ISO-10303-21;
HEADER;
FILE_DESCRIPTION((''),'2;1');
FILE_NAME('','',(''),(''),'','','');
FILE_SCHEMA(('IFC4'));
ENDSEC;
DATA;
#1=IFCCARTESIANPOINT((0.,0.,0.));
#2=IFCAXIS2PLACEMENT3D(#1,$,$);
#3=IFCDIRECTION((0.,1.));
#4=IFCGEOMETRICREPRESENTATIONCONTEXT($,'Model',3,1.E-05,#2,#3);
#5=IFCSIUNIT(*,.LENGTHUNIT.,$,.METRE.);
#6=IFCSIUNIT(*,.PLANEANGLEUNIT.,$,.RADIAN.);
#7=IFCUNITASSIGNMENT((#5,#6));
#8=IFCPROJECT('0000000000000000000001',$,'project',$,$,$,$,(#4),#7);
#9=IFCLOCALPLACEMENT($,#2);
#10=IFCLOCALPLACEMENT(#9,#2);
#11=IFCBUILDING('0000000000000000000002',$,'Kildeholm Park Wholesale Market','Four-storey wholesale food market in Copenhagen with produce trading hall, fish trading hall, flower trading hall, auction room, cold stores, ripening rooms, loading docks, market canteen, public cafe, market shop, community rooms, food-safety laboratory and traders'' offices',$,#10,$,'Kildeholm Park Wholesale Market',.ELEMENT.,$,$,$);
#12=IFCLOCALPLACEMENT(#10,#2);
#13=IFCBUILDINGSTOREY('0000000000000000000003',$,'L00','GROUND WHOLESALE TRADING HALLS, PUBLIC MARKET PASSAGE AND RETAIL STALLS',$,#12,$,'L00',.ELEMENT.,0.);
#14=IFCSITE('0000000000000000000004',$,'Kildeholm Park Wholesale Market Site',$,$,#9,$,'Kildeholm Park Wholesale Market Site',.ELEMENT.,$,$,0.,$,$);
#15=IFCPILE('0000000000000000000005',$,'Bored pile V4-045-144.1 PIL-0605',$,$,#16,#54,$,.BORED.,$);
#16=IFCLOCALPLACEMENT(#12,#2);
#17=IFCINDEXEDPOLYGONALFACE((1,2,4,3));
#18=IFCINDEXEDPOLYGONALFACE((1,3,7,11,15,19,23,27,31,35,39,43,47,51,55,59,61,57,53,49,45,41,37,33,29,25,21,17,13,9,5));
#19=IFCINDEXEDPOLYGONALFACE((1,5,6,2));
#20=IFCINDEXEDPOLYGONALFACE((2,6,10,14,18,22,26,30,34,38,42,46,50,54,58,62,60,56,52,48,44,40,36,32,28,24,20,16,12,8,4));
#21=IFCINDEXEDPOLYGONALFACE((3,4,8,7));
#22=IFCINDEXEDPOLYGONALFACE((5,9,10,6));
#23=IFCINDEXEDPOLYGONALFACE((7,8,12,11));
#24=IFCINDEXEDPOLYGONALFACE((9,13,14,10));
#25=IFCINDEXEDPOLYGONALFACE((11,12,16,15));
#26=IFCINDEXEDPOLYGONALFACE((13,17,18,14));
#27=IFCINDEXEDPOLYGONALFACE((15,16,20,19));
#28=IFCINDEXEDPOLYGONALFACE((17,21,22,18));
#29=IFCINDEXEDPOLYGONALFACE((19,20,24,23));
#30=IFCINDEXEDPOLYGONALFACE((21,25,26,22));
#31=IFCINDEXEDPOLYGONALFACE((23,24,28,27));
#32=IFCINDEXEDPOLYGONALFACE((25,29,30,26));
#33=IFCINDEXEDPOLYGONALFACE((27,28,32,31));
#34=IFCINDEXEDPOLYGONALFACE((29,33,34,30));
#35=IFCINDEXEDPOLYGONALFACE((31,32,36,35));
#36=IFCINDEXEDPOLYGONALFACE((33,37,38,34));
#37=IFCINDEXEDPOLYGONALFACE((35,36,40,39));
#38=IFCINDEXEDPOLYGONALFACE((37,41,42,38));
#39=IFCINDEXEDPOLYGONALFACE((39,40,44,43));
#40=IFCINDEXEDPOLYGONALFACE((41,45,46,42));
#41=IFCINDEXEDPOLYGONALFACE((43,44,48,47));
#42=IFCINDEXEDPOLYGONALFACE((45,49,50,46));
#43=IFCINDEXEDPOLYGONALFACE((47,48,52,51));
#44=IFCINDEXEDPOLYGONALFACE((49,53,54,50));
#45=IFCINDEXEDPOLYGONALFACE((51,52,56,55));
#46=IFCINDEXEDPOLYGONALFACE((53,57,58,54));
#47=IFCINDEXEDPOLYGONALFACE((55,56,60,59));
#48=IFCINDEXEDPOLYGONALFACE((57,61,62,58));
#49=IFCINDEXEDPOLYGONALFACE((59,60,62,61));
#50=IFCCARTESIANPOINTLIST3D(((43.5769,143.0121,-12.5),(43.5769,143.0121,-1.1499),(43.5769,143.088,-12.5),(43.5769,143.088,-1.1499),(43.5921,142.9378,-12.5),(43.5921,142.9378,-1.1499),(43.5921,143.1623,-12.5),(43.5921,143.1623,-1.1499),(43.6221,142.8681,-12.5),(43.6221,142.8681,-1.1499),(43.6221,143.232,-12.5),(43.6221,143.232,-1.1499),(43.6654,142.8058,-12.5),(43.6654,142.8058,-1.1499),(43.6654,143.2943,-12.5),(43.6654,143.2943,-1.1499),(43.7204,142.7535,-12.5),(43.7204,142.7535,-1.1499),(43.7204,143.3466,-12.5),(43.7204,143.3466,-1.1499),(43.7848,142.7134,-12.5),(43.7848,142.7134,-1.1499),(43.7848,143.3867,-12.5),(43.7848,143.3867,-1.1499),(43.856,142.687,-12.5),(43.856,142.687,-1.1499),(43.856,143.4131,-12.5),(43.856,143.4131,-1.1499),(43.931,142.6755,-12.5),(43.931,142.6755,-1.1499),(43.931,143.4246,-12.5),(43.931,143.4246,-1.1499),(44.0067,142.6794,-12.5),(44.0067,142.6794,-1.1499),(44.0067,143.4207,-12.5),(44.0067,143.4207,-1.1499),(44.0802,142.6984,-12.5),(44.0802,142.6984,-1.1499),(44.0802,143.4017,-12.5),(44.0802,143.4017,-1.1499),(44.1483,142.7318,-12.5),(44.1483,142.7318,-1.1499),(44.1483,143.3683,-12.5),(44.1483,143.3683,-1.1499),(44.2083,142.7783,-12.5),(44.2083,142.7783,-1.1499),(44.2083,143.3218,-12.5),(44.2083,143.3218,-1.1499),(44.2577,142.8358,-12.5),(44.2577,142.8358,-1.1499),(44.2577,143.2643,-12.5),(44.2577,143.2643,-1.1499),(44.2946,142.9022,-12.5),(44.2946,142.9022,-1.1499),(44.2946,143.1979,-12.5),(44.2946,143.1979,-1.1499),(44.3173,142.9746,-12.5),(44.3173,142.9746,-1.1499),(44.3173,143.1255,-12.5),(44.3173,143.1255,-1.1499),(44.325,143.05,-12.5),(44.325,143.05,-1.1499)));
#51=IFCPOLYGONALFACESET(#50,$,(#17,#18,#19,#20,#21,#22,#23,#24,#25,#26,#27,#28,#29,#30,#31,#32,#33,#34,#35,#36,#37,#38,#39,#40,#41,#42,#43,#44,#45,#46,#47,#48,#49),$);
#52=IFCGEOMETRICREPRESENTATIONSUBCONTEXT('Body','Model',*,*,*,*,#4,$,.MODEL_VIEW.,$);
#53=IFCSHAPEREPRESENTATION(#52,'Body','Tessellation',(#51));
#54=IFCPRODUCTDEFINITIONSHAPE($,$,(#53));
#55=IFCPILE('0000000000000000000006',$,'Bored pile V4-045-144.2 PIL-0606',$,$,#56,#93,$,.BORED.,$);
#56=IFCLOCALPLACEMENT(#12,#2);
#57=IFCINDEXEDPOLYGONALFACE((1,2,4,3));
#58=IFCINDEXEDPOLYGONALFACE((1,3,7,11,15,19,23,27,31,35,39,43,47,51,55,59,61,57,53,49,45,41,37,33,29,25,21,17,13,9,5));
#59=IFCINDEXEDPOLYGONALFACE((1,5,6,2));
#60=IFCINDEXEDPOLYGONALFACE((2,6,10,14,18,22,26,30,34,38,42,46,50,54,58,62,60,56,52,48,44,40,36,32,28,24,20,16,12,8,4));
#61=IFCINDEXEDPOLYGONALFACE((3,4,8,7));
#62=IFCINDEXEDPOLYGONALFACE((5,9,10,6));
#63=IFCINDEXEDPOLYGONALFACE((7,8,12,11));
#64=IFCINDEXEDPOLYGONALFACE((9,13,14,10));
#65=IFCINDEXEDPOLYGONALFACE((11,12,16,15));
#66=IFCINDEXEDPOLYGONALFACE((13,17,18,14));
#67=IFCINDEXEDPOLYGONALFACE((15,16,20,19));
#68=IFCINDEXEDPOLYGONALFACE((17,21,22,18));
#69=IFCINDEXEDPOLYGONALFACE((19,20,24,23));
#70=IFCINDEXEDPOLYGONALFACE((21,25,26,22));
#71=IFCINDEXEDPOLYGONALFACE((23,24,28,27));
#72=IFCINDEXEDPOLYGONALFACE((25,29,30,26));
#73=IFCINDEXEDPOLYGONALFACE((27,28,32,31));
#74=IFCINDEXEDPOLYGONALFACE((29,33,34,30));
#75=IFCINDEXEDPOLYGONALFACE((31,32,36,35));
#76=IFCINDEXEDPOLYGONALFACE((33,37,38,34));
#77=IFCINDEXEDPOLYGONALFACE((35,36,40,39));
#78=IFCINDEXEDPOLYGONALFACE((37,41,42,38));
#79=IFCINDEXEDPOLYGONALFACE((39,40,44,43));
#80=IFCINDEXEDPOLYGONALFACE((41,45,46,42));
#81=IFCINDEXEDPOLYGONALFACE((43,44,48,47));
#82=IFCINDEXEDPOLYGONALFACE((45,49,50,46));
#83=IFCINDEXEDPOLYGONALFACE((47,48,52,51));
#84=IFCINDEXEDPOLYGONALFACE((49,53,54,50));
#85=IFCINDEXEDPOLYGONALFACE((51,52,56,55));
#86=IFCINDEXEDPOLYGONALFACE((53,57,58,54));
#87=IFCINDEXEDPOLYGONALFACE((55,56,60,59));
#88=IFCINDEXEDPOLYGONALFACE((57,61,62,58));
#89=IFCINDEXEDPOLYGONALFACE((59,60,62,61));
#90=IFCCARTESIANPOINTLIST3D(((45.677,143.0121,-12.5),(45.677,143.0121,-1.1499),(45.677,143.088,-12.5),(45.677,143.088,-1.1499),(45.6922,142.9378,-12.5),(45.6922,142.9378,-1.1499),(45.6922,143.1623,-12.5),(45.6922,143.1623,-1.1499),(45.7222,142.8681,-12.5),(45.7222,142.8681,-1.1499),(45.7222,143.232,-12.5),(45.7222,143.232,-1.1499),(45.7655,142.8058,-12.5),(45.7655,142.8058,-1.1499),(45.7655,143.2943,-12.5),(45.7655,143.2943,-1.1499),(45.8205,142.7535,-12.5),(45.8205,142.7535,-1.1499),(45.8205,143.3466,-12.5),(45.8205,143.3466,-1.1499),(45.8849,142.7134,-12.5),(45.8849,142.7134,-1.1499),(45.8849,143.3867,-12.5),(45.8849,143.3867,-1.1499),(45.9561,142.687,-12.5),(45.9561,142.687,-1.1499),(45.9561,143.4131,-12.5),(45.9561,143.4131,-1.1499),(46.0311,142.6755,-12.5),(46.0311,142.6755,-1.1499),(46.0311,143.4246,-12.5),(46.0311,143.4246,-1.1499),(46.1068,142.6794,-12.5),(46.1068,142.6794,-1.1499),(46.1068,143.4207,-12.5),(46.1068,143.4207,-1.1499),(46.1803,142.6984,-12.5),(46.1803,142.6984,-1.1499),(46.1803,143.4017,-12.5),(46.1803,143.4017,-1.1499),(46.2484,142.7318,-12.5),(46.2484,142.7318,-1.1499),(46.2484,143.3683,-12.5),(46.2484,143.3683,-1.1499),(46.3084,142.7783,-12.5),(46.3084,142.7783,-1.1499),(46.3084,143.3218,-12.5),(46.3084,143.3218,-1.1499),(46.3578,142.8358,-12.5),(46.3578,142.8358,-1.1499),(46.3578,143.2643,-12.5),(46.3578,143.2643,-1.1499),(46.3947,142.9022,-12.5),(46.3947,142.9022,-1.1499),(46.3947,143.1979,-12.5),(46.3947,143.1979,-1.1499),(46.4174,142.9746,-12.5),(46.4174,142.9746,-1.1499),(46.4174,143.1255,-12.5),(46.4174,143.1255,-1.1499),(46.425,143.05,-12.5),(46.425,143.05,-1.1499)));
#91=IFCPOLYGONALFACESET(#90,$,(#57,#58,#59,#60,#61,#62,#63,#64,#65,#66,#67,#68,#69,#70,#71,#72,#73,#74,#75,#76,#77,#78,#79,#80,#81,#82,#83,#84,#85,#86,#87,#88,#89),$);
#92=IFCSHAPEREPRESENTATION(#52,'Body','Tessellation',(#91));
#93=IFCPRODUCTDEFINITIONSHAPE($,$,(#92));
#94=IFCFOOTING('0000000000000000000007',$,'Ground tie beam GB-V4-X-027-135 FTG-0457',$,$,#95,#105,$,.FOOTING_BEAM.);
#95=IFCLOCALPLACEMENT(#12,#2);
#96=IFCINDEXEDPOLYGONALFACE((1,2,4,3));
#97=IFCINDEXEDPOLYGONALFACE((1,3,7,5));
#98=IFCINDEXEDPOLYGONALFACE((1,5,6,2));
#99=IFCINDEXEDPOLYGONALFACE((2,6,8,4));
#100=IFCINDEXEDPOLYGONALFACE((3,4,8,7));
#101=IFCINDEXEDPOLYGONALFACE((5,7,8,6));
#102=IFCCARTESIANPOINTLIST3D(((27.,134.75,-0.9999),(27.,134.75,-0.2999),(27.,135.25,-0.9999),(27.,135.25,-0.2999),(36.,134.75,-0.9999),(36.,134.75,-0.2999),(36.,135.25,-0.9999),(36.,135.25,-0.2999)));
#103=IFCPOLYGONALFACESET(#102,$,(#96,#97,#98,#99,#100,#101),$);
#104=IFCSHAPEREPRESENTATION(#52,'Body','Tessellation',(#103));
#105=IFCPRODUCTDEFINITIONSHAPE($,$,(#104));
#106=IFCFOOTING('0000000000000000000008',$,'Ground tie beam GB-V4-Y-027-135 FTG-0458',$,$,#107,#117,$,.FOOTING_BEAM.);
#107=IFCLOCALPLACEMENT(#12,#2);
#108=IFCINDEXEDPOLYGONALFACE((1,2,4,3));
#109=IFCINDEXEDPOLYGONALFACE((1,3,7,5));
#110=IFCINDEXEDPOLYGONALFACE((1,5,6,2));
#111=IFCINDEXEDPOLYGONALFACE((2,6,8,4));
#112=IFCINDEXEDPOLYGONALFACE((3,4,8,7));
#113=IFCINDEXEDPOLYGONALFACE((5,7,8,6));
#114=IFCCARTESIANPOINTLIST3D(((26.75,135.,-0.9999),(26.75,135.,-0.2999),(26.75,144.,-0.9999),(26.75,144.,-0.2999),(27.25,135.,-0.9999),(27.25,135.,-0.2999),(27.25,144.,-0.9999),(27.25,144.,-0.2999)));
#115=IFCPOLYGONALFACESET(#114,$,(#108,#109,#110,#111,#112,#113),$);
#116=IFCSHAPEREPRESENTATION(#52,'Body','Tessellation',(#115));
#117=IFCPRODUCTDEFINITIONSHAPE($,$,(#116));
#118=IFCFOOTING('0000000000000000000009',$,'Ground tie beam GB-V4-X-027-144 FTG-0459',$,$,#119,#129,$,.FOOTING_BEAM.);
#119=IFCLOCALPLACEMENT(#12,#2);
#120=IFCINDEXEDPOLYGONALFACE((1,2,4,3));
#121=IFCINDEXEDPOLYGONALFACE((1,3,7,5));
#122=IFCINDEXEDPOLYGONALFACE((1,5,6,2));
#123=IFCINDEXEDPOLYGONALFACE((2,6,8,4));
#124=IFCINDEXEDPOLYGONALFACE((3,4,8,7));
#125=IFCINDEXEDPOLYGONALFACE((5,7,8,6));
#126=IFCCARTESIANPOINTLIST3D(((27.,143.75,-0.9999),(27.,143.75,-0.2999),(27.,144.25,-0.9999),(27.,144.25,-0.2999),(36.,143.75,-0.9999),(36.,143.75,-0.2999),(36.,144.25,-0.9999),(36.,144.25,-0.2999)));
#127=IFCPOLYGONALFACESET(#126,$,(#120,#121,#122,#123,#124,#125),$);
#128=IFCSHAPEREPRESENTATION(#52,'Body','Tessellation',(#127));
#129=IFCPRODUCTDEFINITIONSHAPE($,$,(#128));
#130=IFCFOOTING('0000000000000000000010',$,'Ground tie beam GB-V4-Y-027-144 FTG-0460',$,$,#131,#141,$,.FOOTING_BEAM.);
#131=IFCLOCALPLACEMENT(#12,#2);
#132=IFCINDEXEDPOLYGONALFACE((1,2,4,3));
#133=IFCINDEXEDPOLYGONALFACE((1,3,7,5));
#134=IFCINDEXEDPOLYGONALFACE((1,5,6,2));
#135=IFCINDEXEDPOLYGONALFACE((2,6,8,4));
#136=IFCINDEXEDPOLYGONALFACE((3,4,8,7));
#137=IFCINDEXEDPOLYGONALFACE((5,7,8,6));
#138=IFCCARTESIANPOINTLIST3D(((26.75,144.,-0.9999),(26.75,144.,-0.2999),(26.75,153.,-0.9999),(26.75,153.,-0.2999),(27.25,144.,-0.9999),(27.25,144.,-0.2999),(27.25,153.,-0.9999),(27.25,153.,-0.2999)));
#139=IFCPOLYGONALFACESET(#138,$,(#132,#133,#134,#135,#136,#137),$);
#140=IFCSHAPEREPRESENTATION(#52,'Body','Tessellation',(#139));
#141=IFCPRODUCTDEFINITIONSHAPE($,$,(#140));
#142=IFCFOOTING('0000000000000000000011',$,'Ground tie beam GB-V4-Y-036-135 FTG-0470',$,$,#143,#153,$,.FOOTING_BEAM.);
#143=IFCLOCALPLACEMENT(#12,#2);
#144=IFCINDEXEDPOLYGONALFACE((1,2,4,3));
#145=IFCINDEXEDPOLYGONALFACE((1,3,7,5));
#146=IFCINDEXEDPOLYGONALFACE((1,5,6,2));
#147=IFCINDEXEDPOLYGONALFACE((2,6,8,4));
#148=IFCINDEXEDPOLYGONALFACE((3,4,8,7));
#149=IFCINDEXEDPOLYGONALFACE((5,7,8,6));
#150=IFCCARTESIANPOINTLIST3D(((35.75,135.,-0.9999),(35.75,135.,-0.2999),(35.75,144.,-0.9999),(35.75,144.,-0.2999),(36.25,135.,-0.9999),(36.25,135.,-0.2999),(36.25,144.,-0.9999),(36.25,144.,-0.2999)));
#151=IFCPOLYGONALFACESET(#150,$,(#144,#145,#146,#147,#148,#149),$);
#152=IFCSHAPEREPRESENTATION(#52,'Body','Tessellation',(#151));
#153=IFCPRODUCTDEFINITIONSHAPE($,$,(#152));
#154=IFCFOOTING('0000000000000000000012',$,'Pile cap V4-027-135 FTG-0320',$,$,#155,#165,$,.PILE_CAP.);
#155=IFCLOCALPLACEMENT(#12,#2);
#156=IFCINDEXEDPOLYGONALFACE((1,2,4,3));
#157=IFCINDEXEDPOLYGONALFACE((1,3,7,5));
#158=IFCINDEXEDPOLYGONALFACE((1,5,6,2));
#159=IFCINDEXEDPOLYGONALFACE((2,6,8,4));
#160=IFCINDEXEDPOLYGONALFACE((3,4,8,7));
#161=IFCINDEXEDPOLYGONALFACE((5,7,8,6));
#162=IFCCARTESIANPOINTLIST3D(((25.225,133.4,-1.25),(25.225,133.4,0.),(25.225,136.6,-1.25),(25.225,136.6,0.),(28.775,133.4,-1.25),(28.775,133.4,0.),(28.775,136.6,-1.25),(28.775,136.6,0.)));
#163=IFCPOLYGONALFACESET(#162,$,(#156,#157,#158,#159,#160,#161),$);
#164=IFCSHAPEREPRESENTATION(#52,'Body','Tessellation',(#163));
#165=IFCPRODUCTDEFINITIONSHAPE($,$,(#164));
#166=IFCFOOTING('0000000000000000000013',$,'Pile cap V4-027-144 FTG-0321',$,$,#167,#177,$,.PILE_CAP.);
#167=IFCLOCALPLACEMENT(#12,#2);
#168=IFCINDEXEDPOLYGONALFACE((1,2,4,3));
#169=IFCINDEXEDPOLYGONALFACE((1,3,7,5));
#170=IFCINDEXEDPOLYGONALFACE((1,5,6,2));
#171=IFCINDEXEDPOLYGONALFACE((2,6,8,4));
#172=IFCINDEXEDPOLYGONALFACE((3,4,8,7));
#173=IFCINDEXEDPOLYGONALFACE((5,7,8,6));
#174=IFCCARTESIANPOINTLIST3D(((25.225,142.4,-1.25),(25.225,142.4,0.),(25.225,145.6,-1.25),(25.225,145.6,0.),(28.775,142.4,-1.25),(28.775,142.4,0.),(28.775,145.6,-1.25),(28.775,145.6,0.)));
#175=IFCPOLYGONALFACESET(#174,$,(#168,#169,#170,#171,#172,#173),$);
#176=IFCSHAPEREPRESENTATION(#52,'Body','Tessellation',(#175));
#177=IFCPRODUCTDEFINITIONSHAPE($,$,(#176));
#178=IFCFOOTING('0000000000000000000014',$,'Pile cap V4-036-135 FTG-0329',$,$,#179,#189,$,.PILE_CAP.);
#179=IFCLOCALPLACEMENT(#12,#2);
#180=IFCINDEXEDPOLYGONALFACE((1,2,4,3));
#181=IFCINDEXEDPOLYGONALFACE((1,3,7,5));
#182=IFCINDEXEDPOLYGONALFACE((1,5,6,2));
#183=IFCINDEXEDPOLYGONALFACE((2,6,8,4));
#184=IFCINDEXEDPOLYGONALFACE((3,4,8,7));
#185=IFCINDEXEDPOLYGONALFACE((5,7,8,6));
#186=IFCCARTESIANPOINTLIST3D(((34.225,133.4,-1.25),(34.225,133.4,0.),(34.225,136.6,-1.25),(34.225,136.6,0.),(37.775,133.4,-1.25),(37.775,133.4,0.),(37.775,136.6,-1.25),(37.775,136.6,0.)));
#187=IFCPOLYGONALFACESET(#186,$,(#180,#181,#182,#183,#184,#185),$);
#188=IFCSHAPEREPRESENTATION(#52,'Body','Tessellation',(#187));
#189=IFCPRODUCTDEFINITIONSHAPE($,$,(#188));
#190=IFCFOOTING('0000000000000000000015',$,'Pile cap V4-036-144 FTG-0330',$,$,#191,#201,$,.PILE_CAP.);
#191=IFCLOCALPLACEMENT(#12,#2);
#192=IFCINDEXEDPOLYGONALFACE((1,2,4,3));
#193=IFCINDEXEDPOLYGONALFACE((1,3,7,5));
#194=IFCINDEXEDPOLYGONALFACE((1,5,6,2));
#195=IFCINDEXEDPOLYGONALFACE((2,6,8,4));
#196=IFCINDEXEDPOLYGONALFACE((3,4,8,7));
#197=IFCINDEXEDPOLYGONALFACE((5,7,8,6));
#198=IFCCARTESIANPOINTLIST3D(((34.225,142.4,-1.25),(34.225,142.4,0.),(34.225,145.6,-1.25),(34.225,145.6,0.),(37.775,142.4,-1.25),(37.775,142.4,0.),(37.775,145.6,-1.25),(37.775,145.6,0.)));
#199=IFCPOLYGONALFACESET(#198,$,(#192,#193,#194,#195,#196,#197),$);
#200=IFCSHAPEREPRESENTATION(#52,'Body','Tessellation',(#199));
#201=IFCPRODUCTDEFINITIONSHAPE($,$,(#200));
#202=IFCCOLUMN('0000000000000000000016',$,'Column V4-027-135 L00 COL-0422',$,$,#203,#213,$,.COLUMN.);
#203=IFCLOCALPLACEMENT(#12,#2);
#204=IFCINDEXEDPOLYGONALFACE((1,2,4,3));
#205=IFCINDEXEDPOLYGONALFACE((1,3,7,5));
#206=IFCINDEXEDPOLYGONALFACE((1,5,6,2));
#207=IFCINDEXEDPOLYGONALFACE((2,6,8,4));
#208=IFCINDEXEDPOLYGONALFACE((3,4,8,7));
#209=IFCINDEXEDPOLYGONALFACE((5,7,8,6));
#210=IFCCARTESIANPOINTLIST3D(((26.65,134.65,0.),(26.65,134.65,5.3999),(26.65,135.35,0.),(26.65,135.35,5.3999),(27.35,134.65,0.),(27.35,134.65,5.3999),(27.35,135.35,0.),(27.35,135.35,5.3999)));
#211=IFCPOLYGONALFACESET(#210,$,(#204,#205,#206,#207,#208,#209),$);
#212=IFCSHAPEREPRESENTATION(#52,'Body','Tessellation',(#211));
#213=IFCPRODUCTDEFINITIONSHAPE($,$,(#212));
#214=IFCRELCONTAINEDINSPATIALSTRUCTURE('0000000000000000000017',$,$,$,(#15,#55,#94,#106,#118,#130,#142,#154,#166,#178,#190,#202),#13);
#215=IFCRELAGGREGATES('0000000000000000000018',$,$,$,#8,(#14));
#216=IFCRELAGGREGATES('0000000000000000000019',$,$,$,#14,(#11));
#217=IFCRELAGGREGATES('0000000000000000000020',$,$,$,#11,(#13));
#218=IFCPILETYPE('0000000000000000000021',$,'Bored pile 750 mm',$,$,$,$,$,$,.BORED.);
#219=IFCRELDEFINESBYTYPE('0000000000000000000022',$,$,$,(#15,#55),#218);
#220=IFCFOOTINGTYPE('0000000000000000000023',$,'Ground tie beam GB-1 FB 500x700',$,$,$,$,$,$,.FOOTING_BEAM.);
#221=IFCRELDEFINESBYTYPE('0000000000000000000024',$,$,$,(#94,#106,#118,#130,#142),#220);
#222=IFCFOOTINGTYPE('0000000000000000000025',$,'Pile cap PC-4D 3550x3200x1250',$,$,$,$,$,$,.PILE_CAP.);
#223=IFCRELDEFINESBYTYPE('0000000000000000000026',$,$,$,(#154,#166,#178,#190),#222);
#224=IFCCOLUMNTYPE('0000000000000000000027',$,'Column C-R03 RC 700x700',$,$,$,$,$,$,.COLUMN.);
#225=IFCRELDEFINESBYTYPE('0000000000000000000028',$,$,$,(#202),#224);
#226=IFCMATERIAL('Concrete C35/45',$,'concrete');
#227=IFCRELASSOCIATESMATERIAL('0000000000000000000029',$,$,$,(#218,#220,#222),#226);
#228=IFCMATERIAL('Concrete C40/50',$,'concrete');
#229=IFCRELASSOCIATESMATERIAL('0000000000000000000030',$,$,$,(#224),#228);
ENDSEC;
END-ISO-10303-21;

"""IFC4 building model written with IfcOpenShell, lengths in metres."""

from ifc_helpers import new_model, si_unit, direction, frame, origin, origin_2d, place, context, subcontext, project, spatial, rectangle, circle, extrude, material, material_profile, profile_set, type_object, element, save


model = new_model("IFC4")

# Units and contexts
model_context = context("Model", 3, precision=1e-05, world=origin(), true_north=direction((0.0, 1.0)))
body_context = subcontext(model_context, "Body", "Model", "MODEL_VIEW")
ifc_project = project(units=[si_unit("LENGTHUNIT", "METRE"), si_unit("PLANEANGLEUNIT", "RADIAN")], contexts=[model_context])

# Site, building, storey
site_placement = place(None, origin())
site = spatial("IfcSite", under=ifc_project, at=site_placement, Name="Kildeholm Park Wholesale Market Site", LongName="Kildeholm Park Wholesale Market Site", CompositionType="ELEMENT", RefElevation=0.0)
building_placement = place(site_placement, origin())
building = spatial("IfcBuilding", under=site, at=building_placement, Name="Kildeholm Park Wholesale Market", Description="Four-storey wholesale food market in Copenhagen with produce trading hall, fish trading hall, flower trading hall, auction room, cold stores, ripening rooms, loading docks, market canteen, public cafe, market shop, community rooms, food-safety laboratory and traders' offices", LongName="Kildeholm Park Wholesale Market", CompositionType="ELEMENT")
storey_placement = place(building_placement, origin())
storey = spatial("IfcBuildingStorey", under=building, at=storey_placement, Name="L00", Description="GROUND WHOLESALE TRADING HALLS, PUBLIC MARKET PASSAGE AND RETAIL STALLS", LongName="L00", CompositionType="ELEMENT", Elevation=0.0)

# Piles
ifc_material_1 = material(Name="Concrete C35/45", Category="concrete")
ifc_material_profile_1 = material_profile(ifc_material_1, circle(Radius=0.375, at=origin_2d()), Name="PILE D750")
ifc_profile_set_1 = profile_set([ifc_material_profile_1], Name="Concrete C35/45")
pile_type = type_object("IfcPileType", Name="Bored pile 750 mm", PredefinedType="BORED", material=ifc_profile_set_1)
for number, where, z_axis, x_axis, name in (
    (1, (43.95, 143.05, -1.1499), (0.0, 0.0, -1.0), (1.0, 0.0, 0.0), "Bored pile V4-045-144.1 PIL-0605"),
    (2, (46.05, 143.05, -1.1499), (0.0, 0.0, -1.0), (1.0, 0.0, 0.0), "Bored pile V4-045-144.2 PIL-0606"),
):
    element("IfcPile", number, at=place(storey_placement, frame(where, z_axis=z_axis, x_axis=x_axis)), inside=storey, type_object=pile_type, Name=name, PredefinedType="BORED", context=body_context, shape_type="SweptSolid", body=[
        extrude(circle(Radius=0.375, at=origin_2d()), origin(), (0.0, 0.0, 1.0), 11.3501),
    ])

# Footings
ifc_material_profile_2 = material_profile(ifc_material_1, rectangle(XDim=0.5, YDim=0.7, at=origin_2d()), Name="FB 500x700")
ifc_profile_set_2 = profile_set([ifc_material_profile_2], Name="Concrete C35/45")
footing_type_1 = type_object("IfcFootingType", Name="Ground tie beam GB-1 FB 500x700", PredefinedType="FOOTING_BEAM", material=ifc_profile_set_2)
for number, where, z_axis, x_axis, name in (
    (3, (27.0, 135.0, -0.6499), (1.0, 0.0, 0.0), (0.0, 1.0, 0.0), "Ground tie beam GB-V4-X-027-135 FTG-0457"),
    (4, (27.0, 135.0, -0.6499), (0.0, 1.0, 0.0), (-1.0, 0.0, 0.0), "Ground tie beam GB-V4-Y-027-135 FTG-0458"),
    (5, (27.0, 144.0, -0.6499), (1.0, 0.0, 0.0), (0.0, 1.0, 0.0), "Ground tie beam GB-V4-X-027-144 FTG-0459"),
    (6, (27.0, 144.0, -0.6499), (0.0, 1.0, 0.0), (-1.0, 0.0, 0.0), "Ground tie beam GB-V4-Y-027-144 FTG-0460"),
    (7, (36.0, 135.0, -0.6499), (0.0, 1.0, 0.0), (-1.0, 0.0, 0.0), "Ground tie beam GB-V4-Y-036-135 FTG-0470"),
):
    element("IfcFooting", number, at=place(storey_placement, frame(where, z_axis=z_axis, x_axis=x_axis)), inside=storey, type_object=footing_type_1, Name=name, PredefinedType="FOOTING_BEAM", context=body_context, shape_type="SweptSolid", body=[
        extrude(rectangle(XDim=0.5, YDim=0.7, at=origin_2d()), origin(), (0.0, 0.0, 1.0), 9.0),
    ])
footing_type_2 = type_object("IfcFootingType", Name="Pile cap PC-4D 3550x3200x1250", PredefinedType="PILE_CAP", material=ifc_material_1)
for number, where, z_axis, x_axis, name in (
    (8, (27.0, 135.0, -1.25), (0.0, 0.0, 1.0), (1.0, 0.0, 0.0), "Pile cap V4-027-135 FTG-0320"),
    (9, (27.0, 144.0, -1.25), (0.0, 0.0, 1.0), (1.0, 0.0, 0.0), "Pile cap V4-027-144 FTG-0321"),
    (10, (36.0, 135.0, -1.25), (0.0, 0.0, 1.0), (1.0, 0.0, 0.0), "Pile cap V4-036-135 FTG-0329"),
    (11, (36.0, 144.0, -1.25), (0.0, 0.0, 1.0), (1.0, 0.0, 0.0), "Pile cap V4-036-144 FTG-0330"),
):
    element("IfcFooting", number, at=place(storey_placement, frame(where, z_axis=z_axis, x_axis=x_axis)), inside=storey, type_object=footing_type_2, Name=name, PredefinedType="PILE_CAP", context=body_context, shape_type="SweptSolid", body=[
        extrude(rectangle(XDim=3.55, YDim=3.2, at=origin_2d()), origin(), (0.0, 0.0, 1.0), 1.25),
    ])

# Column
ifc_material_2 = material(Name="Concrete C40/50", Category="concrete")
ifc_material_profile_3 = material_profile(ifc_material_2, rectangle(XDim=0.7, YDim=0.7, at=origin_2d()), Name="RC 700x700")
ifc_profile_set_3 = profile_set([ifc_material_profile_3], Name="Concrete C40/50")
column_type = type_object("IfcColumnType", Name="Column C-R03 RC 700x700", PredefinedType="COLUMN", material=ifc_profile_set_3)
for number, where, z_axis, x_axis, name in (
    (12, (27.0, 135.0, 0.0), (0.0, 0.0, 1.0), (1.0, 0.0, 0.0), "Column V4-027-135 L00 COL-0422"),
):
    element("IfcColumn", number, at=place(storey_placement, frame(where, z_axis=z_axis, x_axis=x_axis)), inside=storey, type_object=column_type, Name=name, PredefinedType="COLUMN", context=body_context, shape_type="SweptSolid", body=[
        extrude(rectangle(XDim=0.7, YDim=0.7, at=origin_2d()), origin(), (0.0, 0.0, 1.0), 5.3999),
    ])

save(model, "model.ifc")
